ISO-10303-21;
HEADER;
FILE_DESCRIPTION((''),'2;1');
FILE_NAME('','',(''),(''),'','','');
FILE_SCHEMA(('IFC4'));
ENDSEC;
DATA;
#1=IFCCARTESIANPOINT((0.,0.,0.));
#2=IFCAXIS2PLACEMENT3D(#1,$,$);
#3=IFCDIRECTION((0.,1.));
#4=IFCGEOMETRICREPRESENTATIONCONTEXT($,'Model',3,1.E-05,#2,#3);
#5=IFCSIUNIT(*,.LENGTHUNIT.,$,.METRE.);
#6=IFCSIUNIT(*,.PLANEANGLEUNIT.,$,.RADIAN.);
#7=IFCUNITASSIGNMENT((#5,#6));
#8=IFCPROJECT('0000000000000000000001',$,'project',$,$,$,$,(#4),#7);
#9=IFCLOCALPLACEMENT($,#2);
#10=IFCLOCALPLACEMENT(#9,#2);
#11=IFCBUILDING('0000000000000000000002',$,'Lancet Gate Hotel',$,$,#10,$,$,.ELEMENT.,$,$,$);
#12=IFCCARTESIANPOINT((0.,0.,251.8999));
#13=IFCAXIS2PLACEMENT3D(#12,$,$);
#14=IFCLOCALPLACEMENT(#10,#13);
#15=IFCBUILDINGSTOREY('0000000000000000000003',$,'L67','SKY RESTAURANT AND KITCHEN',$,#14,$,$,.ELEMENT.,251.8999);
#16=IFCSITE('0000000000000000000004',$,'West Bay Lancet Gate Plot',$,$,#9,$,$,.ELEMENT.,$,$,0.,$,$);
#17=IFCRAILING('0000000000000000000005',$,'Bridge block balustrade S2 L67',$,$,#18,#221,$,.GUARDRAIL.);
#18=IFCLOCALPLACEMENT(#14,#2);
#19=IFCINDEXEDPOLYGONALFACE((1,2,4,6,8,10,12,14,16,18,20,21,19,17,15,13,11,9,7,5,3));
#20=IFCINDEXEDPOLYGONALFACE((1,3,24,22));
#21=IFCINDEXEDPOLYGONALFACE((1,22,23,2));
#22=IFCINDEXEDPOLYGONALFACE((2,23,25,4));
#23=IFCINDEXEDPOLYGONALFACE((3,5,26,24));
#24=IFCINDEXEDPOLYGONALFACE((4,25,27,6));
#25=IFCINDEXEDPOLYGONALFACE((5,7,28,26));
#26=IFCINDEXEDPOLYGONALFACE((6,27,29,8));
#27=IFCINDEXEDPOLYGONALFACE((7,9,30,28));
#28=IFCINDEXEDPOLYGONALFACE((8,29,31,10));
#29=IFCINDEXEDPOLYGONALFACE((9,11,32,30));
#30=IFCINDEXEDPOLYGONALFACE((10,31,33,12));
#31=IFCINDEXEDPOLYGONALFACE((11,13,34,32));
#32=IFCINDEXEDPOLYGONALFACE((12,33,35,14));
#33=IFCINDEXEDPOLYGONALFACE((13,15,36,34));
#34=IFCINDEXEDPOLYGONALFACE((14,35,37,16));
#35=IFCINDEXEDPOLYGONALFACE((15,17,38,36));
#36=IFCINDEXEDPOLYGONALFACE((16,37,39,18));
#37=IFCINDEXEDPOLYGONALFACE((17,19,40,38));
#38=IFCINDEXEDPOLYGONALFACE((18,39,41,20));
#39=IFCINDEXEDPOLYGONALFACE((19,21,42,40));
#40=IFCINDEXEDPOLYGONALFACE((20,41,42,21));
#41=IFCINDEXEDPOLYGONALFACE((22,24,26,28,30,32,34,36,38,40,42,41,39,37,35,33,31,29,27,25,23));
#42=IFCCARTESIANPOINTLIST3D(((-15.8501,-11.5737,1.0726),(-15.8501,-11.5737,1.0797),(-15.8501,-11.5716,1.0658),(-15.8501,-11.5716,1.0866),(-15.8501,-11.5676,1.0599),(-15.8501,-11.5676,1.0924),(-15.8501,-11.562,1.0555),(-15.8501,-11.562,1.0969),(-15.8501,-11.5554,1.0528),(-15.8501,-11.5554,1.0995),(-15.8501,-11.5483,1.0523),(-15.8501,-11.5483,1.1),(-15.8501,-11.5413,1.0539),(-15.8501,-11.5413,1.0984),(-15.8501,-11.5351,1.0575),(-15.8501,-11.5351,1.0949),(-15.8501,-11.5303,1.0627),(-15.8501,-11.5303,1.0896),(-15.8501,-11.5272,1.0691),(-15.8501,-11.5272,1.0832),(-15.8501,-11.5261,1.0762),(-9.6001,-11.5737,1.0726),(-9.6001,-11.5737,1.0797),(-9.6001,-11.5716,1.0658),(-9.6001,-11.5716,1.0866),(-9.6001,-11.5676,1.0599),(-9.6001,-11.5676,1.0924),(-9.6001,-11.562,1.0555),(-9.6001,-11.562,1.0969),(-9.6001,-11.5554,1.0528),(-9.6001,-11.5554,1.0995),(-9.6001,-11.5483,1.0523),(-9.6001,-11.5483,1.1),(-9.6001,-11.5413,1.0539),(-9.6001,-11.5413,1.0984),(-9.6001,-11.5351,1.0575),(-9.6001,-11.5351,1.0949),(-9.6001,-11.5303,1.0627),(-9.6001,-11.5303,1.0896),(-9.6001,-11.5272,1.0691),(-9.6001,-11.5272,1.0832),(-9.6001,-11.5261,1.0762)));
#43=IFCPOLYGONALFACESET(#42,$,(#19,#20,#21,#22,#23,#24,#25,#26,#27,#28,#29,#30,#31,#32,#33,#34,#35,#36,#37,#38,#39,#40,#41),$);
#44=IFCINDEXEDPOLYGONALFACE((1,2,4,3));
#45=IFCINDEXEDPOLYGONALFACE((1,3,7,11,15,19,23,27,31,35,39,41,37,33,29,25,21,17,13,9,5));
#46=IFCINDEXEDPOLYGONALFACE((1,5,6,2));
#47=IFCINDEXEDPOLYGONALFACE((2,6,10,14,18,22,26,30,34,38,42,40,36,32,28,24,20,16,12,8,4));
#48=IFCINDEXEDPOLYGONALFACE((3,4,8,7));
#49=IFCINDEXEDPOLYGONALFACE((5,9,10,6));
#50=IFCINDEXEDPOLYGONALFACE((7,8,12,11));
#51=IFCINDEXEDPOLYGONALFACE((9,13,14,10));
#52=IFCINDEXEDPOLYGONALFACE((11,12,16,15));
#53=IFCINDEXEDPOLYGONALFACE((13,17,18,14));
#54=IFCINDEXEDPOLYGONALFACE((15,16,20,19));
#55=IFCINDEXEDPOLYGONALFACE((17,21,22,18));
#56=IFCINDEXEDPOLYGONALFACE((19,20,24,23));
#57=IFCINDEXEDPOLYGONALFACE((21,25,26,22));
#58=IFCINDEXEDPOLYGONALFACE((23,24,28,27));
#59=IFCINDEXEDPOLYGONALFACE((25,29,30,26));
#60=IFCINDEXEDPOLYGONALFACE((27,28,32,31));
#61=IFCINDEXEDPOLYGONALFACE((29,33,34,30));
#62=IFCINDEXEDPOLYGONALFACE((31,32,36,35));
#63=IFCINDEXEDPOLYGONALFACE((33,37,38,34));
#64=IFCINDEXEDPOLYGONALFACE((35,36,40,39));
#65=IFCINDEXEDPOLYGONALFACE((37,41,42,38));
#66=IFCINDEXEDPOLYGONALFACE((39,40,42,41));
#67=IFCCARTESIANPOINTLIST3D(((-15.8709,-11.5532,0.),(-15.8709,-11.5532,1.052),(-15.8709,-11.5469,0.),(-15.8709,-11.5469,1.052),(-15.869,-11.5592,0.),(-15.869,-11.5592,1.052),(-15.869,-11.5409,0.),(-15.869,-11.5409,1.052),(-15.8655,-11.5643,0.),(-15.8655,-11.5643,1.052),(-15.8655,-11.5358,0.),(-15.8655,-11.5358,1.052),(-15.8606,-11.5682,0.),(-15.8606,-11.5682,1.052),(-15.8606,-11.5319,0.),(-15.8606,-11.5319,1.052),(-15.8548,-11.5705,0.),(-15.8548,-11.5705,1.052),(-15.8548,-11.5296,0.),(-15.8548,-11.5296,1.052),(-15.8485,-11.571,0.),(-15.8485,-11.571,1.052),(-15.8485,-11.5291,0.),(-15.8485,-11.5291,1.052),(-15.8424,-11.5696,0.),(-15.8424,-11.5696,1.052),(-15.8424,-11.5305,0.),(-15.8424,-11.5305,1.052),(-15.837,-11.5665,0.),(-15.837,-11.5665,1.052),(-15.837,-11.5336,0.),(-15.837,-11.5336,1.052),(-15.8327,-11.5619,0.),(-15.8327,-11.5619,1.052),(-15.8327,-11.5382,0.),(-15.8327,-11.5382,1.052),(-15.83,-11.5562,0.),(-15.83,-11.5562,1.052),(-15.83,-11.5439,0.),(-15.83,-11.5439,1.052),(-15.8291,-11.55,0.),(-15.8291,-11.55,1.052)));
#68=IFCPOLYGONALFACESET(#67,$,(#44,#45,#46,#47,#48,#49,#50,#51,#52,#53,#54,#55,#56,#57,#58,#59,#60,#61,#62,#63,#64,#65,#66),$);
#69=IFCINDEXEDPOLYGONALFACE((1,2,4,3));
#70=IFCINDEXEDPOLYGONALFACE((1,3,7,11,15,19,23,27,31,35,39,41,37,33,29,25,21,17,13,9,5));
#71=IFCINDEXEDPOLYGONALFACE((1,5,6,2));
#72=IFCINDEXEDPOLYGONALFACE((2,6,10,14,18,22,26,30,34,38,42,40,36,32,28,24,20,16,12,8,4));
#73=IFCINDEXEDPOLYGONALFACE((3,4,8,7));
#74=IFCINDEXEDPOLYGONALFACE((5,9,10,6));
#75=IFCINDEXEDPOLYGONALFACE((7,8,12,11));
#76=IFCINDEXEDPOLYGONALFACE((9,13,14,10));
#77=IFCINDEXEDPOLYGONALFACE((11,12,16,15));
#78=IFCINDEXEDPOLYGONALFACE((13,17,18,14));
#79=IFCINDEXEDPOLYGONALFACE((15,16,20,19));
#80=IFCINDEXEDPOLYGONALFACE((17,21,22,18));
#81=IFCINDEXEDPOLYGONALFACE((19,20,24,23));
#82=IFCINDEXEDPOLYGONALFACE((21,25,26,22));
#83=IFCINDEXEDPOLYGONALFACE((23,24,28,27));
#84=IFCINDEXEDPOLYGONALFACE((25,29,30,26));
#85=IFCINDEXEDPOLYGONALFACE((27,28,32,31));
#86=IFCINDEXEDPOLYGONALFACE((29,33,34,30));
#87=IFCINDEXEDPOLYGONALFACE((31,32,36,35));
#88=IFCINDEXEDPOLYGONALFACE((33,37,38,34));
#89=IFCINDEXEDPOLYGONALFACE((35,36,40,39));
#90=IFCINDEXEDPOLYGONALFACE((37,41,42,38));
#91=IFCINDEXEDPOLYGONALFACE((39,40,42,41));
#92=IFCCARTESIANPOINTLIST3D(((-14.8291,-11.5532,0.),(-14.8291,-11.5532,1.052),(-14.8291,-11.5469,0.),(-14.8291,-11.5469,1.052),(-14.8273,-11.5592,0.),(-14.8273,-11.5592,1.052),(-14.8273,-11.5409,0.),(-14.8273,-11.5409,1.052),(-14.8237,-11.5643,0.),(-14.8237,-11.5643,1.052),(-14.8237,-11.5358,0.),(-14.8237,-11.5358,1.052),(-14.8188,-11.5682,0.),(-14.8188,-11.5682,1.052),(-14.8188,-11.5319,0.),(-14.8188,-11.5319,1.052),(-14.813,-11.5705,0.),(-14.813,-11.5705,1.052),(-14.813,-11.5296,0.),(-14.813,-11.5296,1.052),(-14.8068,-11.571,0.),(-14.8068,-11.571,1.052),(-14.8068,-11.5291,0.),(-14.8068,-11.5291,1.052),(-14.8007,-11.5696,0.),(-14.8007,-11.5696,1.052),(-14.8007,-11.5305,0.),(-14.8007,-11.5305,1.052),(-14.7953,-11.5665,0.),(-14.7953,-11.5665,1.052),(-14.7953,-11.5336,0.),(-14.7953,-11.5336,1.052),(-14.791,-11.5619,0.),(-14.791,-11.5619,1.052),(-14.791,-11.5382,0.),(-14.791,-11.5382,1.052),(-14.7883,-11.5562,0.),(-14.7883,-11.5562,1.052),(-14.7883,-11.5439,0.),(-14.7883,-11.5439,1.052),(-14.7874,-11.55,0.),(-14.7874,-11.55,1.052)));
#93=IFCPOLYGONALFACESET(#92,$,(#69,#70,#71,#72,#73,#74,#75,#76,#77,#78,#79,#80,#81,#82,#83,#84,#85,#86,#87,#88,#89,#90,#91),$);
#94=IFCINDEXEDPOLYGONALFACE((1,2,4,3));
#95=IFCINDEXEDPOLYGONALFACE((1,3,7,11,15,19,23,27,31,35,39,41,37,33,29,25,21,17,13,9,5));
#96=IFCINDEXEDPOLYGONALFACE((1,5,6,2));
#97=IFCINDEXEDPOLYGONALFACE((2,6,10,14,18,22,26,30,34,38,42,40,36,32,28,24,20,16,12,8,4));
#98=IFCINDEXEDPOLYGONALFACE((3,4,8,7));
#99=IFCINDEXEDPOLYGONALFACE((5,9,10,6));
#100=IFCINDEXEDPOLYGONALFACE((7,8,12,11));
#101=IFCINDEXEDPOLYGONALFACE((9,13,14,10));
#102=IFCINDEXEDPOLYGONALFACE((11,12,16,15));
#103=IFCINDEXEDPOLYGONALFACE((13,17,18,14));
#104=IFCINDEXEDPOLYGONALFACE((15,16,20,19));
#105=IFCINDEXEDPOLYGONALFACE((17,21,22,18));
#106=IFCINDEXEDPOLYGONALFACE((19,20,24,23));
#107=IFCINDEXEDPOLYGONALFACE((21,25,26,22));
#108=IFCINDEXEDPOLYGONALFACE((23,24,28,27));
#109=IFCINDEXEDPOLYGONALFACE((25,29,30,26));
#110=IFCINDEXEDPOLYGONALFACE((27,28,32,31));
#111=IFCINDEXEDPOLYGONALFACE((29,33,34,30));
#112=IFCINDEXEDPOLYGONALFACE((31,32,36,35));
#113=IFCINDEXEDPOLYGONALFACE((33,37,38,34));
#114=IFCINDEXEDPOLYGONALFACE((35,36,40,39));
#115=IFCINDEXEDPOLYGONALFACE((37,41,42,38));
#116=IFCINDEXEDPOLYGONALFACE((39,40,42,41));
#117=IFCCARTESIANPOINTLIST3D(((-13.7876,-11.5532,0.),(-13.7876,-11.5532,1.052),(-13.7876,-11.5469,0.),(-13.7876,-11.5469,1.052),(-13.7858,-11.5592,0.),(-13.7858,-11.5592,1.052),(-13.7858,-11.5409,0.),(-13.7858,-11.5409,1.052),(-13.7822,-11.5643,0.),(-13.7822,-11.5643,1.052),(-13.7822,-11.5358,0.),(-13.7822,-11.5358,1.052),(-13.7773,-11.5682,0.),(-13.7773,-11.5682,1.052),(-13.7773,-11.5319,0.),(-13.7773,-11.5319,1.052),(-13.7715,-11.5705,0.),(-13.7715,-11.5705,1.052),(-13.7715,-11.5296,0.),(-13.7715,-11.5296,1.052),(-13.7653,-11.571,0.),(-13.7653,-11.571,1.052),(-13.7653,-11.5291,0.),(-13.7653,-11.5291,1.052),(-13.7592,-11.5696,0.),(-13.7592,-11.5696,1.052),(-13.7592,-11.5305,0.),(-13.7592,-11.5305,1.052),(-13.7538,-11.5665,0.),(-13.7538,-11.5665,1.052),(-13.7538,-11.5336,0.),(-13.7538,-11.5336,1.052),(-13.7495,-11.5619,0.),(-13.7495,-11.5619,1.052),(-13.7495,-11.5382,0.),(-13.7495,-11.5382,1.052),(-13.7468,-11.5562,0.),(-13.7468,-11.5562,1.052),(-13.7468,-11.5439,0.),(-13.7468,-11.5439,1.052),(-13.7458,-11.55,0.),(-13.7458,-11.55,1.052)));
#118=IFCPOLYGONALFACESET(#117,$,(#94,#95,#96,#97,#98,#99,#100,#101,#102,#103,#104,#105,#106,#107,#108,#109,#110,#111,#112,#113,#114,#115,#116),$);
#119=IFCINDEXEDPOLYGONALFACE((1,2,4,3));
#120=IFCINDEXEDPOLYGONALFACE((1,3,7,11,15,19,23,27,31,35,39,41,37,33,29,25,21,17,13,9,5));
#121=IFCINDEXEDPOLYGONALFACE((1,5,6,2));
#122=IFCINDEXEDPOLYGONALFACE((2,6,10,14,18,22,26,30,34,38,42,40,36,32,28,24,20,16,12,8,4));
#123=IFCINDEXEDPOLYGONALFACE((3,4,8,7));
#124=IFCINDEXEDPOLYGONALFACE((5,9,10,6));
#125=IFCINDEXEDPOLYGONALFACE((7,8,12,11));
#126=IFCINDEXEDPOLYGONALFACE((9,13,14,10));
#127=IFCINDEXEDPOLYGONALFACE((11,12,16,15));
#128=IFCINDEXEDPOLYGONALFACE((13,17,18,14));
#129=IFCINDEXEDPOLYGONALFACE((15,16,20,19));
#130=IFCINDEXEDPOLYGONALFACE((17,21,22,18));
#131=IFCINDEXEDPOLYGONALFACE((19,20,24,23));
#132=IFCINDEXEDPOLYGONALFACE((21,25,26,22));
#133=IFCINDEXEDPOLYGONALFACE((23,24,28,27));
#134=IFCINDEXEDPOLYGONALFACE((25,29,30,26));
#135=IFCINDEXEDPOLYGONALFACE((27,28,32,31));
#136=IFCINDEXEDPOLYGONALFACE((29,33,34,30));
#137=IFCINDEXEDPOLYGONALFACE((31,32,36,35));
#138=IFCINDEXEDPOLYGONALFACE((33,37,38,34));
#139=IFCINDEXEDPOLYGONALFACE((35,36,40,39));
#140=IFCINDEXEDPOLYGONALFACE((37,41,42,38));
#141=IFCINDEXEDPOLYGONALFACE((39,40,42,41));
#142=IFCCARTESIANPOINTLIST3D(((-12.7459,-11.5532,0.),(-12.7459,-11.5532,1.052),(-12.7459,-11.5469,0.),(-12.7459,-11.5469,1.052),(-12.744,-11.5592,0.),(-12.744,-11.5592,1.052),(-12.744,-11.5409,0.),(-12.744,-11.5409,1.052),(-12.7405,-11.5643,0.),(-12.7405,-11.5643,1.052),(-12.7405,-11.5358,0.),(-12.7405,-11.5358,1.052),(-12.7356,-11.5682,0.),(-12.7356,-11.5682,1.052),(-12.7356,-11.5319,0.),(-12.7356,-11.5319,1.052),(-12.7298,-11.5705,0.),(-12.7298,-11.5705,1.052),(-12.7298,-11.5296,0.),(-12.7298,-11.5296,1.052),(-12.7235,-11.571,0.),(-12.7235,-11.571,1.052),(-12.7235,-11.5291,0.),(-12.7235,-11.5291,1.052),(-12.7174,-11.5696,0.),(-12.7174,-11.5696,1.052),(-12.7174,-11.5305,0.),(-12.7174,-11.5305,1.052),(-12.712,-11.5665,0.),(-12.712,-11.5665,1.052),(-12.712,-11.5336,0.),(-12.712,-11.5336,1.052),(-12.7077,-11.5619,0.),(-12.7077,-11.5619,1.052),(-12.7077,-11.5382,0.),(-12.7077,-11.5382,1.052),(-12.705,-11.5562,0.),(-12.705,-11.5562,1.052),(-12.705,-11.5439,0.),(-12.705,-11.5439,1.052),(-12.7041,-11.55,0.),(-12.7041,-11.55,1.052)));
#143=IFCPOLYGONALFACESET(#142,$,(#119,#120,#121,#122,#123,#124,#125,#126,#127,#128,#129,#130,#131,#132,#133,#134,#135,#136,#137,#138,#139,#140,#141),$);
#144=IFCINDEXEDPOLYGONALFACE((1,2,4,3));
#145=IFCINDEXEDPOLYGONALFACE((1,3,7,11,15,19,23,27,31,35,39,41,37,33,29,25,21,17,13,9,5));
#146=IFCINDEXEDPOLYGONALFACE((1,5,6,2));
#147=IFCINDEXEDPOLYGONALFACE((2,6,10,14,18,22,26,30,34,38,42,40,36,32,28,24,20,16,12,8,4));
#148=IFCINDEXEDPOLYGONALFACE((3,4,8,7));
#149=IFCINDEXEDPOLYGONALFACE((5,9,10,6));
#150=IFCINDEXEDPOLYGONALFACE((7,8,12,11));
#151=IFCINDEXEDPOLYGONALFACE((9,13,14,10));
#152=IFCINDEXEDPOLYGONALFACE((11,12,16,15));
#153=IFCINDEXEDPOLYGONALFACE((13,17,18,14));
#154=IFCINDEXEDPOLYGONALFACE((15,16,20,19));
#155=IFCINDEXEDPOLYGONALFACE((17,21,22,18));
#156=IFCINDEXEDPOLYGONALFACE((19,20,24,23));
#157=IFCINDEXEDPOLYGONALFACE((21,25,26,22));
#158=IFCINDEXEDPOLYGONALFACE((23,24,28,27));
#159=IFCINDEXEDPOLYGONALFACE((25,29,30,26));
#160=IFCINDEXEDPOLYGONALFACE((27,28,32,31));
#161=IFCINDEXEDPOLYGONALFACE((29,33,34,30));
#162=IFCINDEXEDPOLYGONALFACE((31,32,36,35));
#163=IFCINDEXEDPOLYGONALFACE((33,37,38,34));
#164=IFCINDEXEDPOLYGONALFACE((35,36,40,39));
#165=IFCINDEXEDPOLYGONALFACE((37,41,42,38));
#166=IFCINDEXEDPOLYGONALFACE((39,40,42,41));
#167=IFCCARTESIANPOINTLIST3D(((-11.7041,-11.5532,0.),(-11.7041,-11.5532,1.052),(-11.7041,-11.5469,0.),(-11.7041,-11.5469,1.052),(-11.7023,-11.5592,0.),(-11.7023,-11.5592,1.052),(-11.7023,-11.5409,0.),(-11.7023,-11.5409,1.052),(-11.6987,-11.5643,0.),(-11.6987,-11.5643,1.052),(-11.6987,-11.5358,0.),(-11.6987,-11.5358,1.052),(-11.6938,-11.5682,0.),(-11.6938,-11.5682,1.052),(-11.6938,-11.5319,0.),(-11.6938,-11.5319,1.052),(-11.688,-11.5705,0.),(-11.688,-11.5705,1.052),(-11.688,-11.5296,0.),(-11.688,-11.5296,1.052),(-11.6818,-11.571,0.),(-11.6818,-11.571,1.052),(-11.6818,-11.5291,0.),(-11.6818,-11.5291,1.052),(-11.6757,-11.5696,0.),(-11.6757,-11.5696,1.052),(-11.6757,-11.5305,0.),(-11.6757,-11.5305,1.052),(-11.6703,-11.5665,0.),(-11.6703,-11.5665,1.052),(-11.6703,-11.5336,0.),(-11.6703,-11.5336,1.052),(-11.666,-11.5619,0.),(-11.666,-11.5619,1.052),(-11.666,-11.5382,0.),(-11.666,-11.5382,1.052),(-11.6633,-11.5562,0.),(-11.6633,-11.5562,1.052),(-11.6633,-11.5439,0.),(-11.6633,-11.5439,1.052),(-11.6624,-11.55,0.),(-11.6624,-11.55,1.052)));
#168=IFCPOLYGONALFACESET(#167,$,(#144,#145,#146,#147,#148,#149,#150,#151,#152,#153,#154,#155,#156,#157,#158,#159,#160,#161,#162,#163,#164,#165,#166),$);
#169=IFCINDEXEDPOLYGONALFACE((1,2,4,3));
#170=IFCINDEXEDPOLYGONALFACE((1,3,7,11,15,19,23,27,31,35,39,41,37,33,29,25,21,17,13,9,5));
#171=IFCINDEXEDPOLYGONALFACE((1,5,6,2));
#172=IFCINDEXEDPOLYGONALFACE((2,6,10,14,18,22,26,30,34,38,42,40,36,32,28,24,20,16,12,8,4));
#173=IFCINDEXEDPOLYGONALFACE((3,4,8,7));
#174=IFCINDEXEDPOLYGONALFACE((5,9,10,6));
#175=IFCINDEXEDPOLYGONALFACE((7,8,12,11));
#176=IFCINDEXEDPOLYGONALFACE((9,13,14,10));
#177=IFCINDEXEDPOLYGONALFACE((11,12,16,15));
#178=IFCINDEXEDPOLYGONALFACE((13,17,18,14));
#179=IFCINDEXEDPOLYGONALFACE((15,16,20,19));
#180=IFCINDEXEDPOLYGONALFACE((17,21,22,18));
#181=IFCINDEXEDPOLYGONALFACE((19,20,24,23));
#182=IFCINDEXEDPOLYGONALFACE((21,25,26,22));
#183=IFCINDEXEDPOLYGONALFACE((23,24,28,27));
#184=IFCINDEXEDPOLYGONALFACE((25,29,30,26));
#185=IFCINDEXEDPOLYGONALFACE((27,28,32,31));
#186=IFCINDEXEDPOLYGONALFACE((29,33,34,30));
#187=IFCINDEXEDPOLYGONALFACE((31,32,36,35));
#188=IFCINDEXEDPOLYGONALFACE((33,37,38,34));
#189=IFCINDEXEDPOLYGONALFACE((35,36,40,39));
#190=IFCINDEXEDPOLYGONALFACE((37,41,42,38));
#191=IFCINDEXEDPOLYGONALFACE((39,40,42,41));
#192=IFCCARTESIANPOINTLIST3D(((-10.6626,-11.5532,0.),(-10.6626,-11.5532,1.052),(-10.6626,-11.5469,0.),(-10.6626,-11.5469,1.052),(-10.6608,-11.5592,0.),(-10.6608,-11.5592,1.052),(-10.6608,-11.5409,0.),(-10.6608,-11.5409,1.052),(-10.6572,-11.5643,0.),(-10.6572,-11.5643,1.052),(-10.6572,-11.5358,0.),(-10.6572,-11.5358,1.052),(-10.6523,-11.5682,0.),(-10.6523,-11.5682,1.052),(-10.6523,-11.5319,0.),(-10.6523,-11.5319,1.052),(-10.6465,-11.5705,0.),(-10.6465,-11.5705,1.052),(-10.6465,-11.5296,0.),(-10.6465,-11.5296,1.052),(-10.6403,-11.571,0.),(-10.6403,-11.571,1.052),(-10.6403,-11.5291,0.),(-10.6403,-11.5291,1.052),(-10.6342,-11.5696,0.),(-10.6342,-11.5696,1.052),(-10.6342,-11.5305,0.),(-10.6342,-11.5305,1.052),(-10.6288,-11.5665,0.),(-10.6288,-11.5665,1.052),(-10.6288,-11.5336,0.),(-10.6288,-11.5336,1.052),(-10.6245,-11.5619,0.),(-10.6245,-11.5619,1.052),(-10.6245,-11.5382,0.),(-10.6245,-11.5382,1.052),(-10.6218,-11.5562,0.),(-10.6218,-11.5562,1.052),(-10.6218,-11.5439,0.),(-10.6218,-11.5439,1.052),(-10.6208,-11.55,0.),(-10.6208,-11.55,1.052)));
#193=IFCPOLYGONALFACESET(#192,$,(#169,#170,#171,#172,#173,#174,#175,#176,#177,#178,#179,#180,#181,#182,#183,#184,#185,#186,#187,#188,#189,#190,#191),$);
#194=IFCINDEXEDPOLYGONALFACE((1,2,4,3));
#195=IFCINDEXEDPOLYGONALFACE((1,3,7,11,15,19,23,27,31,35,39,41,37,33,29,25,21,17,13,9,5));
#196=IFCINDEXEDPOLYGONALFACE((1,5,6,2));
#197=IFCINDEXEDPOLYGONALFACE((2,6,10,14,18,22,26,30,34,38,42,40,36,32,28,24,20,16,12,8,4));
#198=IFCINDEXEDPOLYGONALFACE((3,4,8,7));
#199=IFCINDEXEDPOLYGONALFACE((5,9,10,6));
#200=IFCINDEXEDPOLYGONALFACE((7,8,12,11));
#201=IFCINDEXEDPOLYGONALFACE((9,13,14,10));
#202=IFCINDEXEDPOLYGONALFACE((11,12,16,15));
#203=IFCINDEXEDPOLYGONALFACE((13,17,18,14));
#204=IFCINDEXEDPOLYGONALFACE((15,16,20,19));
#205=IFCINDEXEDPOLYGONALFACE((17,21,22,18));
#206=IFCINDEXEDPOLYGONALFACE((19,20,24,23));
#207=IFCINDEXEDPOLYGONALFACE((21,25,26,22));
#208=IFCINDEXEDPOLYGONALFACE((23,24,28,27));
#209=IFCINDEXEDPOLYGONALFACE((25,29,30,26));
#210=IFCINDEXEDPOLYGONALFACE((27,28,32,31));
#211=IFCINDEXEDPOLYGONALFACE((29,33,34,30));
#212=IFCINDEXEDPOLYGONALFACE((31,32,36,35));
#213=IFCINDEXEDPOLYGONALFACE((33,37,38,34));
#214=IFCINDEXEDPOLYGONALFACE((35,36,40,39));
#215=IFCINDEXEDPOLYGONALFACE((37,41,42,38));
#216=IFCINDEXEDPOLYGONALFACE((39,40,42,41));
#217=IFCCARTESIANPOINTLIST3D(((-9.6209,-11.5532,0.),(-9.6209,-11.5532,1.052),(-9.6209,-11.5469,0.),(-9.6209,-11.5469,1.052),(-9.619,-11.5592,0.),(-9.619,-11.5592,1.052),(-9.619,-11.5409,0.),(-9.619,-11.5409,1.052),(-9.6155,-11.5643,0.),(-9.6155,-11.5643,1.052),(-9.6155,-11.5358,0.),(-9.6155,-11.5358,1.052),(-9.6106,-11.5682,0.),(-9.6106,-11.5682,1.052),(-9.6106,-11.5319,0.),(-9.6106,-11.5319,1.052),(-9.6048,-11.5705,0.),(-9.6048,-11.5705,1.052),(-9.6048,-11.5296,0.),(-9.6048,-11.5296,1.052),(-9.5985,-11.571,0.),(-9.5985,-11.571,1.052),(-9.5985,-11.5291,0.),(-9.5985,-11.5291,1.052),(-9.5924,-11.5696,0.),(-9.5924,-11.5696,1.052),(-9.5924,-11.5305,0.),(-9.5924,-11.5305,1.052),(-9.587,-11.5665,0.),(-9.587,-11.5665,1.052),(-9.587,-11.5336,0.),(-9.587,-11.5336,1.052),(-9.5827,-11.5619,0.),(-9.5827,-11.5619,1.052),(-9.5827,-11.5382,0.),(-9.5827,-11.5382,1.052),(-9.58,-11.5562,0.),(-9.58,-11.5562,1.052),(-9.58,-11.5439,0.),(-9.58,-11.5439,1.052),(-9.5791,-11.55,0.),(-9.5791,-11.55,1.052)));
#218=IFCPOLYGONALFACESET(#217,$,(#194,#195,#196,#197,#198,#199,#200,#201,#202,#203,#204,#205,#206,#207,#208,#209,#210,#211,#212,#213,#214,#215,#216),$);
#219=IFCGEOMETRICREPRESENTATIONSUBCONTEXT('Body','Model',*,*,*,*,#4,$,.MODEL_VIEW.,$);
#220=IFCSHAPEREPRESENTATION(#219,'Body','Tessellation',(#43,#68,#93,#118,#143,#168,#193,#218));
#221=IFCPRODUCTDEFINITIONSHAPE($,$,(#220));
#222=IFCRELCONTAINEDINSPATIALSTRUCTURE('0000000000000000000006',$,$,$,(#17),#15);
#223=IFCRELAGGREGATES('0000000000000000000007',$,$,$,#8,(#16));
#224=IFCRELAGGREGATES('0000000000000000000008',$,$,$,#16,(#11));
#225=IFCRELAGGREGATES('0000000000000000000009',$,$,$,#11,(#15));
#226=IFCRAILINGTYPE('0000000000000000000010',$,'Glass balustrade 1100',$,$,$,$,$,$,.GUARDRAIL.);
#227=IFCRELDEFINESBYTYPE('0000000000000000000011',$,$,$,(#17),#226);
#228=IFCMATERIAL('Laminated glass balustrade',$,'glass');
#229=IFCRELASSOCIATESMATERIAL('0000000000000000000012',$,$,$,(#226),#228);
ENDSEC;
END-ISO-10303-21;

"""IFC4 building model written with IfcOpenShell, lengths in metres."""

from ifc_helpers import new_model, si_unit, direction, frame, origin, origin_2d, place, context, subcontext, project, spatial, circle, extrude, material, type_object, element, save


model = new_model("IFC4")

# Units and contexts
model_context = context("Model", 3, precision=1e-05, world=origin(), true_north=direction((0.0, 1.0)))
body_context = subcontext(model_context, "Body", "Model", "MODEL_VIEW")
ifc_project = project(units=[si_unit("LENGTHUNIT", "METRE"), si_unit("PLANEANGLEUNIT", "RADIAN")], contexts=[model_context])

# Site, building, storey
site_placement = place(None, origin())
site = spatial("IfcSite", under=ifc_project, at=site_placement, Name="West Bay Lancet Gate Plot", CompositionType="ELEMENT", RefElevation=0.0)
building_placement = place(site_placement, origin())
building = spatial("IfcBuilding", under=site, at=building_placement, Name="Lancet Gate Hotel", CompositionType="ELEMENT")
storey_placement = place(building_placement, frame((0.0, 0.0, 251.8999)))
storey = spatial("IfcBuildingStorey", under=building, at=storey_placement, Name="L67", Description="SKY RESTAURANT AND KITCHEN", CompositionType="ELEMENT", Elevation=251.8999)

# Railing
ifc_material_1 = material(Name="Laminated glass balustrade", Category="glass")
railing_type = type_object("IfcRailingType", Name="Glass balustrade 1100", PredefinedType="GUARDRAIL", material=ifc_material_1)
railing_placement = place(storey_placement, frame((-15.8501, -11.55, 0.0)))
element("IfcRailing", 1, at=railing_placement, inside=storey, type_object=railing_type, Name="Bridge block balustrade S2 L67", PredefinedType="GUARDRAIL", context=body_context, shape_type="SweptSolid", body=[
    extrude(circle(Radius=0.0239, at=origin_2d()), frame((0.0, 0.0, 1.0762), z_axis=(1.0, 0.0, 0.0), x_axis=(0.0, 1.0, 0.0)), (0.0, 0.0, 1.0), 6.25),
    extrude(circle(Radius=0.021, at=origin_2d()), origin(), (0.0, 0.0, 1.0), 1.052),
    extrude(circle(Radius=0.021, at=origin_2d()), frame((1.0417, 0.0, 0.0)), (0.0, 0.0, 1.0), 1.052),
    extrude(circle(Radius=0.021, at=origin_2d()), frame((2.0833, 0.0, 0.0)), (0.0, 0.0, 1.0), 1.052),
    extrude(circle(Radius=0.021, at=origin_2d()), frame((3.125, 0.0, 0.0)), (0.0, 0.0, 1.0), 1.052),
    extrude(circle(Radius=0.021, at=origin_2d()), frame((4.1667, 0.0, 0.0)), (0.0, 0.0, 1.0), 1.052),
    extrude(circle(Radius=0.021, at=origin_2d()), frame((5.2083, 0.0, 0.0)), (0.0, 0.0, 1.0), 1.052),
    extrude(circle(Radius=0.021, at=origin_2d()), frame((6.25, 0.0, 0.0)), (0.0, 0.0, 1.0), 1.052),
])

save(model, "model.ifc")
